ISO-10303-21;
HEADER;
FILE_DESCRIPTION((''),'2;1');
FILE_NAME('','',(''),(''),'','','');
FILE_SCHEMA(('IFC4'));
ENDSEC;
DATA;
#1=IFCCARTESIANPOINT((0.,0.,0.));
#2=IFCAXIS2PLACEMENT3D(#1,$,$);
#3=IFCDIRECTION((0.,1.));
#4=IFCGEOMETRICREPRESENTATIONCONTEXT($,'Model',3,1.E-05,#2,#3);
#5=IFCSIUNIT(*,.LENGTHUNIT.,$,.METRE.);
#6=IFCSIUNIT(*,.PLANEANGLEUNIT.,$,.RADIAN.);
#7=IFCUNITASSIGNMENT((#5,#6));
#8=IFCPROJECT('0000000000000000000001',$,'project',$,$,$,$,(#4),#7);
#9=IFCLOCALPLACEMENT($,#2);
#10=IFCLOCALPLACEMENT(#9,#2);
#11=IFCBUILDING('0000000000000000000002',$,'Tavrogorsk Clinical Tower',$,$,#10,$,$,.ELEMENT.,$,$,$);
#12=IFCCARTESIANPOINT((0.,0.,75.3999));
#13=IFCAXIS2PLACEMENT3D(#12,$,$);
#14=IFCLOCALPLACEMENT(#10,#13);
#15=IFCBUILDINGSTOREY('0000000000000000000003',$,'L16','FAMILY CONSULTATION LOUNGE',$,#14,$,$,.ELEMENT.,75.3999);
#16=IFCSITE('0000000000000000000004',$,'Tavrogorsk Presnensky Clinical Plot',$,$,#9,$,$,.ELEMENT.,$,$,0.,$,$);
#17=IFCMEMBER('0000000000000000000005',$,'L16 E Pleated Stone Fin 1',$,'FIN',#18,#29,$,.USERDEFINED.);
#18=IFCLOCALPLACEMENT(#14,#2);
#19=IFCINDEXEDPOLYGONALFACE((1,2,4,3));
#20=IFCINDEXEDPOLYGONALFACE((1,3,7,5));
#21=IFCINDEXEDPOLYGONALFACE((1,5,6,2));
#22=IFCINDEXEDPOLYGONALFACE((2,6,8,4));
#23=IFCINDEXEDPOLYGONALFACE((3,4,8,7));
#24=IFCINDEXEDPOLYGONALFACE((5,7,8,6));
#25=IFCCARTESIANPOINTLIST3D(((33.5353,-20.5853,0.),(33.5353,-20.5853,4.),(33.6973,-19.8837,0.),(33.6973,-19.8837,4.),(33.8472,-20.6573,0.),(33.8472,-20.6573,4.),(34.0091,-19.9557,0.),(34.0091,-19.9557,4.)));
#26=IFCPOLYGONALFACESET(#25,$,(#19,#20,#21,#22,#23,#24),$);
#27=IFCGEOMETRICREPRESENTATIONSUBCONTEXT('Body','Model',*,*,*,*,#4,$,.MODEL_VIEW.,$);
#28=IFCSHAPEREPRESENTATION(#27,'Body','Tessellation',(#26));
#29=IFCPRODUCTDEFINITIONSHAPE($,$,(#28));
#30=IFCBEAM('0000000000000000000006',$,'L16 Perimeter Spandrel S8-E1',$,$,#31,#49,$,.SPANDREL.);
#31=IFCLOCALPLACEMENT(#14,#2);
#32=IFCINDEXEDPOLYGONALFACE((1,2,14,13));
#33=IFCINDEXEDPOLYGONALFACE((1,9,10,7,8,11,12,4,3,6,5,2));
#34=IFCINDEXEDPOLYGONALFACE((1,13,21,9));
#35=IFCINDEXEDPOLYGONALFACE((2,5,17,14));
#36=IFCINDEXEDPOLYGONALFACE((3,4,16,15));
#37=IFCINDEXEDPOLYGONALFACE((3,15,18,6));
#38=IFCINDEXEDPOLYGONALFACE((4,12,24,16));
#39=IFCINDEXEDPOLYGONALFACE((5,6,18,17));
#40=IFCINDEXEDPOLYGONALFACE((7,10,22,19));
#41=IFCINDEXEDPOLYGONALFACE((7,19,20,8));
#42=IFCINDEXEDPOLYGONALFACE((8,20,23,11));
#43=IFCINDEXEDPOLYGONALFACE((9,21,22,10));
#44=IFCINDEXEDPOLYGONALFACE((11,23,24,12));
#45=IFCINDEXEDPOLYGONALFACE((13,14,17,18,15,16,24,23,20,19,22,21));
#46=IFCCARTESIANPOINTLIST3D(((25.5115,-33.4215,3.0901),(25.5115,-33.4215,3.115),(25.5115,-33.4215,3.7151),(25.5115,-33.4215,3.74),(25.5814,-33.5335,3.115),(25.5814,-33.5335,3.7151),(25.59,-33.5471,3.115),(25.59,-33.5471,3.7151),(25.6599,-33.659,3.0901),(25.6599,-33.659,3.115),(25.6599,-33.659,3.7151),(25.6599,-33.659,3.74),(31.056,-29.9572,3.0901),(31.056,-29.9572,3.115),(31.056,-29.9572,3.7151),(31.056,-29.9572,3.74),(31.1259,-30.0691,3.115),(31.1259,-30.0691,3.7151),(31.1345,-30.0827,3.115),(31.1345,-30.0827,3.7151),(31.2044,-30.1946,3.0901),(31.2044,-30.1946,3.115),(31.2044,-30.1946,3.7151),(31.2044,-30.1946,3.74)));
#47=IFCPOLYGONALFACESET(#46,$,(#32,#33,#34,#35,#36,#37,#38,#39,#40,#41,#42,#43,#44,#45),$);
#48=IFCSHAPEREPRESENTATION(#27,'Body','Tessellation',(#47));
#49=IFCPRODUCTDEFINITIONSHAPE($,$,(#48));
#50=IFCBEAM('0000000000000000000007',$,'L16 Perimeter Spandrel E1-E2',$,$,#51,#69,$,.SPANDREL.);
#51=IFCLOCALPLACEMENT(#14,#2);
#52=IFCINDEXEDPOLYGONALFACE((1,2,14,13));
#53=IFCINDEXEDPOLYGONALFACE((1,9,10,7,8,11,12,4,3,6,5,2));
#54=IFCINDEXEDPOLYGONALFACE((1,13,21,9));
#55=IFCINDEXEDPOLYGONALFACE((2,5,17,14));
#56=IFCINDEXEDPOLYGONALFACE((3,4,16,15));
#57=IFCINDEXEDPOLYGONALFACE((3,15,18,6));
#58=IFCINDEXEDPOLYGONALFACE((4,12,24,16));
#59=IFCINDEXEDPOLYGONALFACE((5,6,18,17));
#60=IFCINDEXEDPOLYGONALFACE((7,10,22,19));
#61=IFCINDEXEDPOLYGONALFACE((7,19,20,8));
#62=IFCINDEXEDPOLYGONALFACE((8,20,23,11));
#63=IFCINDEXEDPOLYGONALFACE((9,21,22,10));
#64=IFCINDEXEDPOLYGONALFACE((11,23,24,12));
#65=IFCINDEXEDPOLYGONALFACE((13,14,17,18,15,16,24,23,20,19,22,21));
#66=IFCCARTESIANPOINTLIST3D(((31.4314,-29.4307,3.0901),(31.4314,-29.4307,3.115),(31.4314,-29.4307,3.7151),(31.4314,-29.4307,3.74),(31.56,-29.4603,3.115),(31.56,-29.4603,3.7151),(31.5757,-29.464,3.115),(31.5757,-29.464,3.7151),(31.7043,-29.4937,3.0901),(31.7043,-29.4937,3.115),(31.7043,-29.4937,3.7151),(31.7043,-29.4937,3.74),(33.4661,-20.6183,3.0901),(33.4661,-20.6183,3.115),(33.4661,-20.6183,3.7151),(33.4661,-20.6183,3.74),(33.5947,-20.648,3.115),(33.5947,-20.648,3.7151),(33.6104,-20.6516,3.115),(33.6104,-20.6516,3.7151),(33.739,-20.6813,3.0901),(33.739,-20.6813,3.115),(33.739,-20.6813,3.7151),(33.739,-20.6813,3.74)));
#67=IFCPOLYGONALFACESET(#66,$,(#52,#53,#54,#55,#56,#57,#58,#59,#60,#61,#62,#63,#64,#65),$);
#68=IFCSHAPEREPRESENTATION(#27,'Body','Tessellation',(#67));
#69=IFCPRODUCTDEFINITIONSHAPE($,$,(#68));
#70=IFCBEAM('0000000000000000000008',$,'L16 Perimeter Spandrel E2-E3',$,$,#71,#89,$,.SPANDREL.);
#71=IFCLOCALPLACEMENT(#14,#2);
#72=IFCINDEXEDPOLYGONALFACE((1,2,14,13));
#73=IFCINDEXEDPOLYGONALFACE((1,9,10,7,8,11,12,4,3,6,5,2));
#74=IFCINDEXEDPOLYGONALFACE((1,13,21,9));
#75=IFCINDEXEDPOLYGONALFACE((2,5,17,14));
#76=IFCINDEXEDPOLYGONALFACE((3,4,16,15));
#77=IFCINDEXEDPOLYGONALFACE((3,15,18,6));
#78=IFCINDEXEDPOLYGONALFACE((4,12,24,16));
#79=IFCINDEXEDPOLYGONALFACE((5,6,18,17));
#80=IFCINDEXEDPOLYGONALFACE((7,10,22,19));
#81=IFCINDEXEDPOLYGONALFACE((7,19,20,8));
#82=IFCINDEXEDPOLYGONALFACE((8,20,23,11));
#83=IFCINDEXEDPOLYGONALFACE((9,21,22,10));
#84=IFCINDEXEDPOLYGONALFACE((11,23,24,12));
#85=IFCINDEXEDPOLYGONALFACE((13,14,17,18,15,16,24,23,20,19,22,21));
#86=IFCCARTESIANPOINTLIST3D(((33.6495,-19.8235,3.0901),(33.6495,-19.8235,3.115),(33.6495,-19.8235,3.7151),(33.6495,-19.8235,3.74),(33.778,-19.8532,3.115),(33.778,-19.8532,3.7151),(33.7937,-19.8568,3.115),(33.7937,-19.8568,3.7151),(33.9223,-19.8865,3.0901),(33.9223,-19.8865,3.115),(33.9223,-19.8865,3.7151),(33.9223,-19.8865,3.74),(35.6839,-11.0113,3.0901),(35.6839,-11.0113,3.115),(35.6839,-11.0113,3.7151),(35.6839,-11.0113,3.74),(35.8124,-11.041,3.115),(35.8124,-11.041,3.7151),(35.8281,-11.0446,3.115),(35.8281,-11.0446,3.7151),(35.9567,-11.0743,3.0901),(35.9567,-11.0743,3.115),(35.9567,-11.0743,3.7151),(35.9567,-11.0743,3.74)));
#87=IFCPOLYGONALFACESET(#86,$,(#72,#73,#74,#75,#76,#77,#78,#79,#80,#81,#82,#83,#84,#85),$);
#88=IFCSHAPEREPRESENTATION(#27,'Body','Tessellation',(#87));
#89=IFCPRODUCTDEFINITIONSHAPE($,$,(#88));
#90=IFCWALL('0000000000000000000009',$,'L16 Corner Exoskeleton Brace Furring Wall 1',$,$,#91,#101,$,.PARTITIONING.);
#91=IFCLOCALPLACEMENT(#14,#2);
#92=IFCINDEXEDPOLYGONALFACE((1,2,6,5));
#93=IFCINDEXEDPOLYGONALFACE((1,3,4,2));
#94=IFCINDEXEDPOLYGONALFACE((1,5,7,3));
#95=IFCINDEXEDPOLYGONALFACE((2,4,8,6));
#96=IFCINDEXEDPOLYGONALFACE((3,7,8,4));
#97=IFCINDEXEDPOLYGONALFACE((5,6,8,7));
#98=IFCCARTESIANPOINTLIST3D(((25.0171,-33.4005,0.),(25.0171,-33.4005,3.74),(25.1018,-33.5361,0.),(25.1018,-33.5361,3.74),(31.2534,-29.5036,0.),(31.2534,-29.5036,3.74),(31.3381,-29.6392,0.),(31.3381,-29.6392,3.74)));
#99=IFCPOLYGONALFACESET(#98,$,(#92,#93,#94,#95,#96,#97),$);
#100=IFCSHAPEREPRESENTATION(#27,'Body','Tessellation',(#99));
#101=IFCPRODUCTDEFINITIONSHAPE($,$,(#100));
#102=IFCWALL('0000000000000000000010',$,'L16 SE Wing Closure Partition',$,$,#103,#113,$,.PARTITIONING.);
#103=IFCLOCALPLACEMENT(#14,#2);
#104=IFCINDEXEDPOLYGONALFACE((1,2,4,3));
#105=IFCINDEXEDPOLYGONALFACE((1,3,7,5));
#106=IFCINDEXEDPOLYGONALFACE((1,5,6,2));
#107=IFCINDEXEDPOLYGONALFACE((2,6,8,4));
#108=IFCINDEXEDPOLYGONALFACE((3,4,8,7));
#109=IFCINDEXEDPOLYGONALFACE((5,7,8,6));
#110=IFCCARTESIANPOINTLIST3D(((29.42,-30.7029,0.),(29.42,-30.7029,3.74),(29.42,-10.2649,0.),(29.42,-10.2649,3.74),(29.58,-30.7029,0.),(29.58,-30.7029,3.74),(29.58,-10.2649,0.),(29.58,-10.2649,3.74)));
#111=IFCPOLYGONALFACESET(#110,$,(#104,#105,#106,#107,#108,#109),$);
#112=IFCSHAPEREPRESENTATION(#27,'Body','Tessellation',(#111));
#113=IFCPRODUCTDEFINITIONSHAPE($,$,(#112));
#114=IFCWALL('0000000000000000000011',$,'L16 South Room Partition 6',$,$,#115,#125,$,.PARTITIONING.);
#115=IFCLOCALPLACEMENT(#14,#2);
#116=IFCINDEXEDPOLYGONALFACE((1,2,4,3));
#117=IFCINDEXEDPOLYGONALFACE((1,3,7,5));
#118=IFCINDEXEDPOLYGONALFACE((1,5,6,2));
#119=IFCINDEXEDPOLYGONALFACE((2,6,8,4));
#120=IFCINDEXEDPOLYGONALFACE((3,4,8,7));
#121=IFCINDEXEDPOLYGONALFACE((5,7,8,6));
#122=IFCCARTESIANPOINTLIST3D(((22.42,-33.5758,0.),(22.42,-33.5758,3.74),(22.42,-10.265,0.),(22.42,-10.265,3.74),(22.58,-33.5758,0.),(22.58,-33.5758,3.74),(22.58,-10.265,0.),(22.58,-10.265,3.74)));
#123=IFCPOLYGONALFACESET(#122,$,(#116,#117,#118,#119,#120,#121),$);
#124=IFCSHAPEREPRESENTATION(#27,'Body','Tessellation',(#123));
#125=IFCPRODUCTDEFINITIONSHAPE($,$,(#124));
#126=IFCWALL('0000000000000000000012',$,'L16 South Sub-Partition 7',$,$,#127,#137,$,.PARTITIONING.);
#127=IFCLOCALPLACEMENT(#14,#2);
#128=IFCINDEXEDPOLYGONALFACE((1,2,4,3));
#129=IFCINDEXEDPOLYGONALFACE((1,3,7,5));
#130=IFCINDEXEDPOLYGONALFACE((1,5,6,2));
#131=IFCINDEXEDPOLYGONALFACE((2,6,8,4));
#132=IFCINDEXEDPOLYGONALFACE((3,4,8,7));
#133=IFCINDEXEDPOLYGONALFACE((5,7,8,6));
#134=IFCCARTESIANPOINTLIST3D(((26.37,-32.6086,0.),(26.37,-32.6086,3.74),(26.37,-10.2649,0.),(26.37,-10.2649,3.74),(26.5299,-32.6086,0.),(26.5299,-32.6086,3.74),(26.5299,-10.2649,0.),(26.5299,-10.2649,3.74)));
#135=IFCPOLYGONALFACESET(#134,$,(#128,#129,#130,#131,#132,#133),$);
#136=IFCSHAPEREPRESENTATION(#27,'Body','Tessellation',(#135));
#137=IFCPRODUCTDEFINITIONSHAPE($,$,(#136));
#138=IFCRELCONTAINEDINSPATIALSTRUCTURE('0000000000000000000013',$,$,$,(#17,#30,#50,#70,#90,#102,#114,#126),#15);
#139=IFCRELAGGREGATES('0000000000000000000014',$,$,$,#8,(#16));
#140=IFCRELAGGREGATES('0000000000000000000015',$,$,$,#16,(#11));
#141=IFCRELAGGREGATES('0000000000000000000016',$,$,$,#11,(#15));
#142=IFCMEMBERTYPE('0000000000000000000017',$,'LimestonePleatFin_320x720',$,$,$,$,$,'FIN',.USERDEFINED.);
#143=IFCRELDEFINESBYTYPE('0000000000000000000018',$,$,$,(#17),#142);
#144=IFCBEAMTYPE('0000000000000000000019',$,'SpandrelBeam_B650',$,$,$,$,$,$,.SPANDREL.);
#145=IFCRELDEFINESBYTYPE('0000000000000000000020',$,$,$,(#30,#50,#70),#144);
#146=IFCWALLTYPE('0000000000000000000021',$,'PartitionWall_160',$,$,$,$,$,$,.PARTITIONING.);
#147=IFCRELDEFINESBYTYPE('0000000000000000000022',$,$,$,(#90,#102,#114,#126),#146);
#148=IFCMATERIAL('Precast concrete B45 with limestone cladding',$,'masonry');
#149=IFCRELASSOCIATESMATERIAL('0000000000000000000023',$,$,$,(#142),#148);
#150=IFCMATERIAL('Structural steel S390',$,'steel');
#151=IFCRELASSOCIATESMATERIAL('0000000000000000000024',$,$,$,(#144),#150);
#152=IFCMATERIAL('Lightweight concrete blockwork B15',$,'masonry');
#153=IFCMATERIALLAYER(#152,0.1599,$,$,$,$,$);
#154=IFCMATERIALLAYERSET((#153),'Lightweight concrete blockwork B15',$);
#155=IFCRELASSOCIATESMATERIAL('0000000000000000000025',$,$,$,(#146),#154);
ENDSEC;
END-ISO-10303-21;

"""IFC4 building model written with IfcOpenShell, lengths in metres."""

from ifc_helpers import new_model, si_unit, direction, frame, frame_2d, origin, origin_2d, place, context, subcontext, project, spatial, rectangle, i_section, extrude, material, layer, layer_set, material_profile, profile_set, type_object, element, save


model = new_model("IFC4")

# Units and contexts
model_context = context("Model", 3, precision=1e-05, world=origin(), true_north=direction((0.0, 1.0)))
body_context = subcontext(model_context, "Body", "Model", "MODEL_VIEW")
ifc_project = project(units=[si_unit("LENGTHUNIT", "METRE"), si_unit("PLANEANGLEUNIT", "RADIAN")], contexts=[model_context])

# Site, building, storey
site_placement = place(None, origin())
site = spatial("IfcSite", under=ifc_project, at=site_placement, Name="Tavrogorsk Presnensky Clinical Plot", CompositionType="ELEMENT", RefElevation=0.0)
building_placement = place(site_placement, origin())
building = spatial("IfcBuilding", under=site, at=building_placement, Name="Tavrogorsk Clinical Tower", CompositionType="ELEMENT")
storey_placement = place(building_placement, frame((0.0, 0.0, 75.3999)))
storey = spatial("IfcBuildingStorey", under=building, at=storey_placement, Name="L16", Description="FAMILY CONSULTATION LOUNGE", CompositionType="ELEMENT", Elevation=75.3999)

# Member
ifc_material_1 = material(Name="Precast concrete B45 with limestone cladding", Category="masonry")
ifc_material_profile_1 = material_profile(ifc_material_1, rectangle(XDim=0.3201, YDim=0.72, at=origin_2d()), Name="LIMESTONE-FIN-320x720")
ifc_profile_set_1 = profile_set([ifc_material_profile_1], Name="Precast concrete B45 with limestone cladding")
member_type_1 = type_object("IfcMemberType", Name="LimestonePleatFin_320x720", ElementType="FIN", PredefinedType="USERDEFINED", material=ifc_profile_set_1)
member_1_placement = place(storey_placement, frame((33.7722, -20.2705, 0.0), z_axis=(0.0, 0.0, 1.0), x_axis=(0.97437, -0.224951, 0.0)))
element("IfcMember", 1, at=member_1_placement, inside=storey, type_object=member_type_1, Name="L16 E Pleated Stone Fin 1", ObjectType="FIN", PredefinedType="USERDEFINED", context=body_context, shape_type="SweptSolid", body=[
    extrude(rectangle(XDim=0.3201, YDim=0.72, at=origin_2d()), origin(), (0.0, 0.0, 1.0), 4.0),
])

# Beams
ifc_material_2 = material(Name="Structural steel S390", Category="steel")
ifc_material_profile_2 = material_profile(ifc_material_2, i_section(OverallWidth=0.28, OverallDepth=0.6499, WebThickness=0.0161, FlangeThickness=0.0249, at=origin_2d()), Name="B-650x280x16x25")
ifc_profile_set_2 = profile_set([ifc_material_profile_2], Name="Structural steel S390")
beam_type_1 = type_object("IfcBeamType", Name="SpandrelBeam_B650", PredefinedType="SPANDREL", material=ifc_profile_set_2)
beam_1_placement = place(storey_placement, frame((25.5857, -33.5403, 3.415), z_axis=(0.848061, 0.529898, 0.0), x_axis=(-0.529898, 0.848061, 0.0)))
element("IfcBeam", 2, at=beam_1_placement, inside=storey, type_object=beam_type_1, Name="L16 Perimeter Spandrel S8-E1", PredefinedType="SPANDREL", context=body_context, shape_type="SweptSolid", body=[
    extrude(i_section(OverallWidth=0.28, OverallDepth=0.6499, WebThickness=0.0161, FlangeThickness=0.0249, at=origin_2d()), origin(), (0.0, 0.0, 1.0), 6.5378),
])
beam_2_placement = place(storey_placement, frame((31.5679, -29.4622, 3.415), z_axis=(0.224972, 0.974365, 0.0), x_axis=(-0.974365, 0.224972, 0.0)))
element("IfcBeam", 3, at=beam_2_placement, inside=storey, type_object=beam_type_1, Name="L16 Perimeter Spandrel E1-E2", PredefinedType="SPANDREL", context=body_context, shape_type="SweptSolid", body=[
    extrude(i_section(OverallWidth=0.28, OverallDepth=0.6499, WebThickness=0.0161, FlangeThickness=0.0249, at=origin_2d()), origin(), (0.0, 0.0, 1.0), 9.0442),
])
beam_3_placement = place(storey_placement, frame((33.7859, -19.855, 3.415), z_axis=(0.224946, 0.974371, 0.0), x_axis=(-0.974371, 0.224946, 0.0)))
element("IfcBeam", 4, at=beam_3_placement, inside=storey, type_object=beam_type_1, Name="L16 Perimeter Spandrel E2-E3", PredefinedType="SPANDREL", context=body_context, shape_type="SweptSolid", body=[
    extrude(i_section(OverallWidth=0.28, OverallDepth=0.6499, WebThickness=0.0161, FlangeThickness=0.0249, at=origin_2d()), origin(), (0.0, 0.0, 1.0), 9.0439),
])

# Walls
ifc_material_3 = material(Name="Lightweight concrete blockwork B15", Category="masonry")
ifc_layer_1 = layer(ifc_material_3, 0.1599)
ifc_layer_set_1 = layer_set([ifc_layer_1], Name="Lightweight concrete blockwork B15")
wall_type_1 = type_object("IfcWallType", Name="PartitionWall_160", PredefinedType="PARTITIONING", material=ifc_layer_set_1)
wall_1_placement = place(storey_placement, frame((25.0596, -33.4683, 0.0), z_axis=(0.0, 0.0, 1.0), x_axis=(0.848043, 0.529927, 0.0)))
element("IfcWall", 5, at=wall_1_placement, inside=storey, type_object=wall_type_1, Name="L16 Corner Exoskeleton Brace Furring Wall 1", PredefinedType="PARTITIONING", context=body_context, shape_type="SweptSolid", body=[
    extrude(rectangle(XDim=7.3538, YDim=0.1599, at=frame_2d((3.6768, 0.0))), origin(), (0.0, 0.0, 1.0), 3.74),
])
wall_2_placement = place(storey_placement, frame((29.5, -30.7029, 0.0), z_axis=(0.0, 0.0, 1.0), x_axis=(0.0, 1.0, 0.0)))
element("IfcWall", 6, at=wall_2_placement, inside=storey, type_object=wall_type_1, Name="L16 SE Wing Closure Partition", PredefinedType="PARTITIONING", context=body_context, shape_type="SweptSolid", body=[
    extrude(rectangle(XDim=20.438, YDim=0.1599, at=frame_2d((10.219, 0.0))), origin(), (0.0, 0.0, 1.0), 3.74),
])
wall_3_placement = place(storey_placement, frame((22.5, -33.5757, 0.0), z_axis=(0.0, 0.0, 1.0), x_axis=(0.0, 1.0, 0.0)))
element("IfcWall", 7, at=wall_3_placement, inside=storey, type_object=wall_type_1, Name="L16 South Room Partition 6", PredefinedType="PARTITIONING", context=body_context, shape_type="SweptSolid", body=[
    extrude(rectangle(XDim=23.3108, YDim=0.1599, at=frame_2d((11.6553, 0.0))), origin(), (0.0, 0.0, 1.0), 3.74),
])
wall_4_placement = place(storey_placement, frame((26.45, -32.6086, 0.0), z_axis=(0.0, 0.0, 1.0), x_axis=(0.0, 1.0, 0.0)))
element("IfcWall", 8, at=wall_4_placement, inside=storey, type_object=wall_type_1, Name="L16 South Sub-Partition 7", PredefinedType="PARTITIONING", context=body_context, shape_type="SweptSolid", body=[
    extrude(rectangle(XDim=22.3438, YDim=0.1599, at=frame_2d((11.1719, 0.0))), origin(), (0.0, 0.0, 1.0), 3.74),
])

save(model, "model.ifc")
